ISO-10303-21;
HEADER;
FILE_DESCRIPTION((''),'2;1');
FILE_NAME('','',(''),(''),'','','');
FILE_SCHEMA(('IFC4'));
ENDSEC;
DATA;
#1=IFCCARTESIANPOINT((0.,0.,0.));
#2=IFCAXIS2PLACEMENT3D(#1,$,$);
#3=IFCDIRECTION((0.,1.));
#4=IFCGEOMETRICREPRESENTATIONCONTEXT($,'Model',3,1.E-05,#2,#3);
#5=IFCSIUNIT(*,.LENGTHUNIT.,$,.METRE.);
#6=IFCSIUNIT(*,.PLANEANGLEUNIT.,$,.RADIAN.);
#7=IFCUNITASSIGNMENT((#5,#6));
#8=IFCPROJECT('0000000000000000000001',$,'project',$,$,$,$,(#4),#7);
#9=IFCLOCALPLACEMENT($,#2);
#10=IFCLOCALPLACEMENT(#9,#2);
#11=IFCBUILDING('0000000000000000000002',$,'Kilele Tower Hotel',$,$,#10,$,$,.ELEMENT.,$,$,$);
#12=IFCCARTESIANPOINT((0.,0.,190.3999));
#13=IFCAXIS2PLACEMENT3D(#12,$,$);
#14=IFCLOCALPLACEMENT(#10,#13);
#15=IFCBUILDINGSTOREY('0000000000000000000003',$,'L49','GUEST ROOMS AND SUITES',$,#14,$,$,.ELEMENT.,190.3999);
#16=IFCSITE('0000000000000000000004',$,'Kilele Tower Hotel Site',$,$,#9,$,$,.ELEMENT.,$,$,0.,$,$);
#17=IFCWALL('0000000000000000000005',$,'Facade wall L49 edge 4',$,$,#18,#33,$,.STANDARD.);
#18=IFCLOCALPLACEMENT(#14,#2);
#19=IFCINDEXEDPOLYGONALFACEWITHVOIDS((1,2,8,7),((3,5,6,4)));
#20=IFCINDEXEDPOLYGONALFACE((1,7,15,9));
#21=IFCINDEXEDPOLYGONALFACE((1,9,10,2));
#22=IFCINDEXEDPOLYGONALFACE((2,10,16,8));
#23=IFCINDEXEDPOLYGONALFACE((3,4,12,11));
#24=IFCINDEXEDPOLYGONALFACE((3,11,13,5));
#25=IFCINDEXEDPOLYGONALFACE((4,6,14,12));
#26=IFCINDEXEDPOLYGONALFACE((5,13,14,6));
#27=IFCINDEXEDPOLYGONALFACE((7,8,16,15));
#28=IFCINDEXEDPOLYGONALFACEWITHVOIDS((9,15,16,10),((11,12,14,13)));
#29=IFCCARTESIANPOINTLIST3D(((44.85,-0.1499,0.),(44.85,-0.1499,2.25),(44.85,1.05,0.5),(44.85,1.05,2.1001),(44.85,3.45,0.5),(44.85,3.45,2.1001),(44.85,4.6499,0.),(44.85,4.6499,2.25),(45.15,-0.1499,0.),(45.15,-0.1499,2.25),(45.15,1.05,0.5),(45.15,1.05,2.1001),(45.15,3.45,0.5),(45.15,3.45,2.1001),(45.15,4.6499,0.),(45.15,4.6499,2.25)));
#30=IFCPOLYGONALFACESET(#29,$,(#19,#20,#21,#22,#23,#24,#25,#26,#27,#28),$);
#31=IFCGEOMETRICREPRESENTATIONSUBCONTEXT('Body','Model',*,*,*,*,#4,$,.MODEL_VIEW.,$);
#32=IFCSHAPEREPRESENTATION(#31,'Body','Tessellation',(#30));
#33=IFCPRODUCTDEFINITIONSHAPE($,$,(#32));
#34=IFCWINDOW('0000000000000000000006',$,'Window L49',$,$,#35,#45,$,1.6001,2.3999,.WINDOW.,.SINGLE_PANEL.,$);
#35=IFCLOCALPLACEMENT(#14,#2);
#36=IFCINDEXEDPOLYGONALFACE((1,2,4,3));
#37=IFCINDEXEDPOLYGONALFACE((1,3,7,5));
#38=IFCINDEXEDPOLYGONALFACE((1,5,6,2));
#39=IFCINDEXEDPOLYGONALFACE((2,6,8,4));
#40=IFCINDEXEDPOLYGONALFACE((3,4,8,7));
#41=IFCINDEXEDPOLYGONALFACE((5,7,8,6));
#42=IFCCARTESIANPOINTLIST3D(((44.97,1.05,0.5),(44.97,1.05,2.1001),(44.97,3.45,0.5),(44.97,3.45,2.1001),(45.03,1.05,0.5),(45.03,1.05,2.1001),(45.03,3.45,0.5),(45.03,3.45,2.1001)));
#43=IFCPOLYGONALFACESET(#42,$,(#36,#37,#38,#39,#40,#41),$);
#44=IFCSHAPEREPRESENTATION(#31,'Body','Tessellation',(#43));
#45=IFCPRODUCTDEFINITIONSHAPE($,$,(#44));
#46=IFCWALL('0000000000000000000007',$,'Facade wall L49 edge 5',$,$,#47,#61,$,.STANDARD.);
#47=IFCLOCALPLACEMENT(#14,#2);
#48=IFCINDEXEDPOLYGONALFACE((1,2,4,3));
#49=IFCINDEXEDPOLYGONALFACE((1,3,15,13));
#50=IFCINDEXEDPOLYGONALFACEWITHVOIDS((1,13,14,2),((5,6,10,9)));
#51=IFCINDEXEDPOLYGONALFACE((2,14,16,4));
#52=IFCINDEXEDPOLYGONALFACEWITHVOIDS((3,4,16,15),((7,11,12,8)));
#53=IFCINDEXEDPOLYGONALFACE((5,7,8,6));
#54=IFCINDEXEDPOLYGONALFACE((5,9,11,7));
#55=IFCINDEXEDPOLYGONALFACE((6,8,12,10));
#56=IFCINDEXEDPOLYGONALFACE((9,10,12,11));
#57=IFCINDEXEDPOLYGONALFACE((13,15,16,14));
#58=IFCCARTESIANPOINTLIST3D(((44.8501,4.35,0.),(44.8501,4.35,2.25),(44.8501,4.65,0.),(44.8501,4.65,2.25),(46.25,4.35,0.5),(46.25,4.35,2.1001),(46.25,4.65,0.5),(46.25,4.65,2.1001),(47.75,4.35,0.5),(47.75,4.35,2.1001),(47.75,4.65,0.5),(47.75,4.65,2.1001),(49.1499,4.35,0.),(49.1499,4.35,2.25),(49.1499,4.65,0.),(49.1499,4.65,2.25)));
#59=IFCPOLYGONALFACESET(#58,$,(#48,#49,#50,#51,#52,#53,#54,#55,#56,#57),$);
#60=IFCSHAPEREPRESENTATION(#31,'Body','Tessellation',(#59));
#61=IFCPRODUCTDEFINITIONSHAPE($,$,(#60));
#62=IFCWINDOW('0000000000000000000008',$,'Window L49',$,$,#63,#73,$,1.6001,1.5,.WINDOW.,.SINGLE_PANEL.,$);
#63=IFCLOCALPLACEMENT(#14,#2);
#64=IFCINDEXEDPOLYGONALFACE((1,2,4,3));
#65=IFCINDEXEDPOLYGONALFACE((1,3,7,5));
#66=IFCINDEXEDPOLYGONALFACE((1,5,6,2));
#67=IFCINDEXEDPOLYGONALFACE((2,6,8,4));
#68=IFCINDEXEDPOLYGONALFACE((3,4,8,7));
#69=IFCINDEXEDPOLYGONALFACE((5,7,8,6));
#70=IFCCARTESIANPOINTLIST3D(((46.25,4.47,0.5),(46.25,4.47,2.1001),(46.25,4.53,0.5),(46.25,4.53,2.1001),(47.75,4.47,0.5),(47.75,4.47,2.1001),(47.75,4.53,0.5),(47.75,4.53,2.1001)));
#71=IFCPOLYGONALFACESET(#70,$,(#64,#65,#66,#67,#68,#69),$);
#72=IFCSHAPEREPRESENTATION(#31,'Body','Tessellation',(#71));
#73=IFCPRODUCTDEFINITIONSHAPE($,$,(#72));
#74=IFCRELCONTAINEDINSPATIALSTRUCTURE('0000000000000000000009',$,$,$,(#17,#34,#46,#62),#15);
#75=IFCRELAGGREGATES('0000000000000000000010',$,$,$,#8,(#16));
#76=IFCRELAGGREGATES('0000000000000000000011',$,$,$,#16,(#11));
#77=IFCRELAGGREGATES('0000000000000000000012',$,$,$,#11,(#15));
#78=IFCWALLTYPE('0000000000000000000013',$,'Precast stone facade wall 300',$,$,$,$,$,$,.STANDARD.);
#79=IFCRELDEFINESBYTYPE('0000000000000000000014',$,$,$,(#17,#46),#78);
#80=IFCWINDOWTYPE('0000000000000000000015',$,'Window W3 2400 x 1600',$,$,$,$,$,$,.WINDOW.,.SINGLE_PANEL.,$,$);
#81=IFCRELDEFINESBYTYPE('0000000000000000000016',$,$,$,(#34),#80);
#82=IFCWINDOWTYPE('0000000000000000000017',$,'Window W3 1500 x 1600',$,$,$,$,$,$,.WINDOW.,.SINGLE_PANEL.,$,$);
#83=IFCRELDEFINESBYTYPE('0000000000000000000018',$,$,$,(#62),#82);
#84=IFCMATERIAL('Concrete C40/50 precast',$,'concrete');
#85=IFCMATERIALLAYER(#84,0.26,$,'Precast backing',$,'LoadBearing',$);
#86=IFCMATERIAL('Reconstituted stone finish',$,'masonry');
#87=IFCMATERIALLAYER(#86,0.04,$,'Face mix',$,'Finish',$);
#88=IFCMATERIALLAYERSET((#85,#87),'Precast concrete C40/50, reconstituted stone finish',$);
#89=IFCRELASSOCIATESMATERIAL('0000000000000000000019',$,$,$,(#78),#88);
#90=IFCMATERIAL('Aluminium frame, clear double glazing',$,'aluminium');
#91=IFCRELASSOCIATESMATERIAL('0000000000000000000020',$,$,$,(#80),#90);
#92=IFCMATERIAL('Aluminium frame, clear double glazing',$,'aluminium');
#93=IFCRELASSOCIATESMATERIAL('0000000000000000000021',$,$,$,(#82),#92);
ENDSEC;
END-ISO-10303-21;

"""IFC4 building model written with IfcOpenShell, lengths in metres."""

from ifc_helpers import new_model, si_unit, direction, frame, frame_2d, origin, place, context, subcontext, project, spatial, rectangle, extrude, material, layer, layer_set, type_object, element, fill, save


model = new_model("IFC4")

# Units and contexts
model_context = context("Model", 3, precision=1e-05, world=origin(), true_north=direction((0.0, 1.0)))
body_context = subcontext(model_context, "Body", "Model", "MODEL_VIEW")
ifc_project = project(units=[si_unit("LENGTHUNIT", "METRE"), si_unit("PLANEANGLEUNIT", "RADIAN")], contexts=[model_context])

# Site, building, storey
site_placement = place(None, origin())
site = spatial("IfcSite", under=ifc_project, at=site_placement, Name="Kilele Tower Hotel Site", CompositionType="ELEMENT", RefElevation=0.0)
building_placement = place(site_placement, origin())
building = spatial("IfcBuilding", under=site, at=building_placement, Name="Kilele Tower Hotel", CompositionType="ELEMENT")
storey_placement = place(building_placement, frame((0.0, 0.0, 190.3999)))
storey = spatial("IfcBuildingStorey", under=building, at=storey_placement, Name="L49", Description="GUEST ROOMS AND SUITES", CompositionType="ELEMENT", Elevation=190.3999)

# Walls, openings, windows
ifc_material_1 = material(Name="Concrete C40/50 precast", Category="concrete")
ifc_layer_1 = layer(ifc_material_1, 0.26, Name="Precast backing", Category="LoadBearing")
ifc_material_2 = material(Name="Reconstituted stone finish", Category="masonry")
ifc_layer_2 = layer(ifc_material_2, 0.04, Name="Face mix", Category="Finish")
ifc_layer_set_1 = layer_set([ifc_layer_1, ifc_layer_2], Name="Precast concrete C40/50, reconstituted stone finish")
wall_type_1 = type_object("IfcWallType", Name="Precast stone facade wall 300", PredefinedType="STANDARD", material=ifc_layer_set_1)
wall_1_placement = place(storey_placement, frame((45.0, -0.1499, 0.0), z_axis=(0.0, 0.0, 1.0), x_axis=(0.0, 1.0, 0.0)))
wall_1 = element("IfcWall", 1, at=wall_1_placement, inside=storey, type_object=wall_type_1, Name="Facade wall L49 edge 4", PredefinedType="STANDARD", context=body_context, shape_type="SweptSolid", body=[
    extrude(rectangle(XDim=4.7998, YDim=0.3, at=frame_2d((2.3999, 0.0))), origin(), (0.0, 0.0, 1.0), 2.25),
])
opening_1_placement = place(wall_1_placement, frame((1.2, 0.0, 0.5)))
opening_1 = element("IfcOpeningElement", 2, at=opening_1_placement, cuts=wall_1, PredefinedType="OPENING", context=body_context, shape_type="SweptSolid", body=[
    extrude(rectangle(XDim=2.3999, YDim=1.6001, at=frame_2d((1.2, 0.8))), frame((0.0, 0.1599, 0.0), z_axis=(0.0, -1.0, 0.0), x_axis=(1.0, 0.0, 0.0)), (0.0, 0.0, 1.0), 0.3201),
])
ifc_material_3 = material(Name="Aluminium frame, clear double glazing", Category="aluminium")
window_type_1 = type_object("IfcWindowType", Name="Window W3 2400 x 1600", PartitioningType="SINGLE_PANEL", PredefinedType="WINDOW", material=ifc_material_3)
window_1_placement = place(opening_1_placement, origin())
window_1 = element("IfcWindow", 3, at=window_1_placement, inside=storey, type_object=window_type_1, Name="Window L49", OverallHeight=1.6001, OverallWidth=2.3999, PartitioningType="SINGLE_PANEL", PredefinedType="WINDOW", context=body_context, shape_type="SweptSolid", body=[
    extrude(rectangle(XDim=2.3999, YDim=1.6001, at=frame_2d((1.2, 0.8))), frame((0.0, 0.03, 0.0), z_axis=(0.0, -1.0, 0.0), x_axis=(1.0, 0.0, 0.0)), (0.0, 0.0, 1.0), 0.0601),
])
fill(opening_1, window_1)
wall_2_placement = place(storey_placement, frame((44.8501, 4.5, 0.0), z_axis=(0.0, 0.0, 1.0), x_axis=(1.0, 0.0, 0.0)))
wall_2 = element("IfcWall", 4, at=wall_2_placement, inside=storey, type_object=wall_type_1, Name="Facade wall L49 edge 5", PredefinedType="STANDARD", context=body_context, shape_type="SweptSolid", body=[
    extrude(rectangle(XDim=4.2998, YDim=0.3, at=frame_2d((2.1499, 0.0))), origin(), (0.0, 0.0, 1.0), 2.25),
])
opening_2_placement = place(wall_2_placement, frame((1.3999, 0.0, 0.5)))
opening_2 = element("IfcOpeningElement", 5, at=opening_2_placement, cuts=wall_2, PredefinedType="OPENING", context=body_context, shape_type="SweptSolid", body=[
    extrude(rectangle(XDim=1.5, YDim=1.6001, at=frame_2d((0.75, 0.8))), frame((0.0, 0.1599, 0.0), z_axis=(0.0, -1.0, 0.0), x_axis=(1.0, 0.0, 0.0)), (0.0, 0.0, 1.0), 0.3201),
])
ifc_material_4 = material(Name="Aluminium frame, clear double glazing", Category="aluminium")
window_type_2 = type_object("IfcWindowType", Name="Window W3 1500 x 1600", PartitioningType="SINGLE_PANEL", PredefinedType="WINDOW", material=ifc_material_4)
window_2_placement = place(opening_2_placement, origin())
window_2 = element("IfcWindow", 6, at=window_2_placement, inside=storey, type_object=window_type_2, Name="Window L49", OverallHeight=1.6001, OverallWidth=1.5, PartitioningType="SINGLE_PANEL", PredefinedType="WINDOW", context=body_context, shape_type="SweptSolid", body=[
    extrude(rectangle(XDim=1.5, YDim=1.6001, at=frame_2d((0.75, 0.8))), frame((0.0, 0.03, 0.0), z_axis=(0.0, -1.0, 0.0), x_axis=(1.0, 0.0, 0.0)), (0.0, 0.0, 1.0), 0.0601),
])
fill(opening_2, window_2)

save(model, "model.ifc")
